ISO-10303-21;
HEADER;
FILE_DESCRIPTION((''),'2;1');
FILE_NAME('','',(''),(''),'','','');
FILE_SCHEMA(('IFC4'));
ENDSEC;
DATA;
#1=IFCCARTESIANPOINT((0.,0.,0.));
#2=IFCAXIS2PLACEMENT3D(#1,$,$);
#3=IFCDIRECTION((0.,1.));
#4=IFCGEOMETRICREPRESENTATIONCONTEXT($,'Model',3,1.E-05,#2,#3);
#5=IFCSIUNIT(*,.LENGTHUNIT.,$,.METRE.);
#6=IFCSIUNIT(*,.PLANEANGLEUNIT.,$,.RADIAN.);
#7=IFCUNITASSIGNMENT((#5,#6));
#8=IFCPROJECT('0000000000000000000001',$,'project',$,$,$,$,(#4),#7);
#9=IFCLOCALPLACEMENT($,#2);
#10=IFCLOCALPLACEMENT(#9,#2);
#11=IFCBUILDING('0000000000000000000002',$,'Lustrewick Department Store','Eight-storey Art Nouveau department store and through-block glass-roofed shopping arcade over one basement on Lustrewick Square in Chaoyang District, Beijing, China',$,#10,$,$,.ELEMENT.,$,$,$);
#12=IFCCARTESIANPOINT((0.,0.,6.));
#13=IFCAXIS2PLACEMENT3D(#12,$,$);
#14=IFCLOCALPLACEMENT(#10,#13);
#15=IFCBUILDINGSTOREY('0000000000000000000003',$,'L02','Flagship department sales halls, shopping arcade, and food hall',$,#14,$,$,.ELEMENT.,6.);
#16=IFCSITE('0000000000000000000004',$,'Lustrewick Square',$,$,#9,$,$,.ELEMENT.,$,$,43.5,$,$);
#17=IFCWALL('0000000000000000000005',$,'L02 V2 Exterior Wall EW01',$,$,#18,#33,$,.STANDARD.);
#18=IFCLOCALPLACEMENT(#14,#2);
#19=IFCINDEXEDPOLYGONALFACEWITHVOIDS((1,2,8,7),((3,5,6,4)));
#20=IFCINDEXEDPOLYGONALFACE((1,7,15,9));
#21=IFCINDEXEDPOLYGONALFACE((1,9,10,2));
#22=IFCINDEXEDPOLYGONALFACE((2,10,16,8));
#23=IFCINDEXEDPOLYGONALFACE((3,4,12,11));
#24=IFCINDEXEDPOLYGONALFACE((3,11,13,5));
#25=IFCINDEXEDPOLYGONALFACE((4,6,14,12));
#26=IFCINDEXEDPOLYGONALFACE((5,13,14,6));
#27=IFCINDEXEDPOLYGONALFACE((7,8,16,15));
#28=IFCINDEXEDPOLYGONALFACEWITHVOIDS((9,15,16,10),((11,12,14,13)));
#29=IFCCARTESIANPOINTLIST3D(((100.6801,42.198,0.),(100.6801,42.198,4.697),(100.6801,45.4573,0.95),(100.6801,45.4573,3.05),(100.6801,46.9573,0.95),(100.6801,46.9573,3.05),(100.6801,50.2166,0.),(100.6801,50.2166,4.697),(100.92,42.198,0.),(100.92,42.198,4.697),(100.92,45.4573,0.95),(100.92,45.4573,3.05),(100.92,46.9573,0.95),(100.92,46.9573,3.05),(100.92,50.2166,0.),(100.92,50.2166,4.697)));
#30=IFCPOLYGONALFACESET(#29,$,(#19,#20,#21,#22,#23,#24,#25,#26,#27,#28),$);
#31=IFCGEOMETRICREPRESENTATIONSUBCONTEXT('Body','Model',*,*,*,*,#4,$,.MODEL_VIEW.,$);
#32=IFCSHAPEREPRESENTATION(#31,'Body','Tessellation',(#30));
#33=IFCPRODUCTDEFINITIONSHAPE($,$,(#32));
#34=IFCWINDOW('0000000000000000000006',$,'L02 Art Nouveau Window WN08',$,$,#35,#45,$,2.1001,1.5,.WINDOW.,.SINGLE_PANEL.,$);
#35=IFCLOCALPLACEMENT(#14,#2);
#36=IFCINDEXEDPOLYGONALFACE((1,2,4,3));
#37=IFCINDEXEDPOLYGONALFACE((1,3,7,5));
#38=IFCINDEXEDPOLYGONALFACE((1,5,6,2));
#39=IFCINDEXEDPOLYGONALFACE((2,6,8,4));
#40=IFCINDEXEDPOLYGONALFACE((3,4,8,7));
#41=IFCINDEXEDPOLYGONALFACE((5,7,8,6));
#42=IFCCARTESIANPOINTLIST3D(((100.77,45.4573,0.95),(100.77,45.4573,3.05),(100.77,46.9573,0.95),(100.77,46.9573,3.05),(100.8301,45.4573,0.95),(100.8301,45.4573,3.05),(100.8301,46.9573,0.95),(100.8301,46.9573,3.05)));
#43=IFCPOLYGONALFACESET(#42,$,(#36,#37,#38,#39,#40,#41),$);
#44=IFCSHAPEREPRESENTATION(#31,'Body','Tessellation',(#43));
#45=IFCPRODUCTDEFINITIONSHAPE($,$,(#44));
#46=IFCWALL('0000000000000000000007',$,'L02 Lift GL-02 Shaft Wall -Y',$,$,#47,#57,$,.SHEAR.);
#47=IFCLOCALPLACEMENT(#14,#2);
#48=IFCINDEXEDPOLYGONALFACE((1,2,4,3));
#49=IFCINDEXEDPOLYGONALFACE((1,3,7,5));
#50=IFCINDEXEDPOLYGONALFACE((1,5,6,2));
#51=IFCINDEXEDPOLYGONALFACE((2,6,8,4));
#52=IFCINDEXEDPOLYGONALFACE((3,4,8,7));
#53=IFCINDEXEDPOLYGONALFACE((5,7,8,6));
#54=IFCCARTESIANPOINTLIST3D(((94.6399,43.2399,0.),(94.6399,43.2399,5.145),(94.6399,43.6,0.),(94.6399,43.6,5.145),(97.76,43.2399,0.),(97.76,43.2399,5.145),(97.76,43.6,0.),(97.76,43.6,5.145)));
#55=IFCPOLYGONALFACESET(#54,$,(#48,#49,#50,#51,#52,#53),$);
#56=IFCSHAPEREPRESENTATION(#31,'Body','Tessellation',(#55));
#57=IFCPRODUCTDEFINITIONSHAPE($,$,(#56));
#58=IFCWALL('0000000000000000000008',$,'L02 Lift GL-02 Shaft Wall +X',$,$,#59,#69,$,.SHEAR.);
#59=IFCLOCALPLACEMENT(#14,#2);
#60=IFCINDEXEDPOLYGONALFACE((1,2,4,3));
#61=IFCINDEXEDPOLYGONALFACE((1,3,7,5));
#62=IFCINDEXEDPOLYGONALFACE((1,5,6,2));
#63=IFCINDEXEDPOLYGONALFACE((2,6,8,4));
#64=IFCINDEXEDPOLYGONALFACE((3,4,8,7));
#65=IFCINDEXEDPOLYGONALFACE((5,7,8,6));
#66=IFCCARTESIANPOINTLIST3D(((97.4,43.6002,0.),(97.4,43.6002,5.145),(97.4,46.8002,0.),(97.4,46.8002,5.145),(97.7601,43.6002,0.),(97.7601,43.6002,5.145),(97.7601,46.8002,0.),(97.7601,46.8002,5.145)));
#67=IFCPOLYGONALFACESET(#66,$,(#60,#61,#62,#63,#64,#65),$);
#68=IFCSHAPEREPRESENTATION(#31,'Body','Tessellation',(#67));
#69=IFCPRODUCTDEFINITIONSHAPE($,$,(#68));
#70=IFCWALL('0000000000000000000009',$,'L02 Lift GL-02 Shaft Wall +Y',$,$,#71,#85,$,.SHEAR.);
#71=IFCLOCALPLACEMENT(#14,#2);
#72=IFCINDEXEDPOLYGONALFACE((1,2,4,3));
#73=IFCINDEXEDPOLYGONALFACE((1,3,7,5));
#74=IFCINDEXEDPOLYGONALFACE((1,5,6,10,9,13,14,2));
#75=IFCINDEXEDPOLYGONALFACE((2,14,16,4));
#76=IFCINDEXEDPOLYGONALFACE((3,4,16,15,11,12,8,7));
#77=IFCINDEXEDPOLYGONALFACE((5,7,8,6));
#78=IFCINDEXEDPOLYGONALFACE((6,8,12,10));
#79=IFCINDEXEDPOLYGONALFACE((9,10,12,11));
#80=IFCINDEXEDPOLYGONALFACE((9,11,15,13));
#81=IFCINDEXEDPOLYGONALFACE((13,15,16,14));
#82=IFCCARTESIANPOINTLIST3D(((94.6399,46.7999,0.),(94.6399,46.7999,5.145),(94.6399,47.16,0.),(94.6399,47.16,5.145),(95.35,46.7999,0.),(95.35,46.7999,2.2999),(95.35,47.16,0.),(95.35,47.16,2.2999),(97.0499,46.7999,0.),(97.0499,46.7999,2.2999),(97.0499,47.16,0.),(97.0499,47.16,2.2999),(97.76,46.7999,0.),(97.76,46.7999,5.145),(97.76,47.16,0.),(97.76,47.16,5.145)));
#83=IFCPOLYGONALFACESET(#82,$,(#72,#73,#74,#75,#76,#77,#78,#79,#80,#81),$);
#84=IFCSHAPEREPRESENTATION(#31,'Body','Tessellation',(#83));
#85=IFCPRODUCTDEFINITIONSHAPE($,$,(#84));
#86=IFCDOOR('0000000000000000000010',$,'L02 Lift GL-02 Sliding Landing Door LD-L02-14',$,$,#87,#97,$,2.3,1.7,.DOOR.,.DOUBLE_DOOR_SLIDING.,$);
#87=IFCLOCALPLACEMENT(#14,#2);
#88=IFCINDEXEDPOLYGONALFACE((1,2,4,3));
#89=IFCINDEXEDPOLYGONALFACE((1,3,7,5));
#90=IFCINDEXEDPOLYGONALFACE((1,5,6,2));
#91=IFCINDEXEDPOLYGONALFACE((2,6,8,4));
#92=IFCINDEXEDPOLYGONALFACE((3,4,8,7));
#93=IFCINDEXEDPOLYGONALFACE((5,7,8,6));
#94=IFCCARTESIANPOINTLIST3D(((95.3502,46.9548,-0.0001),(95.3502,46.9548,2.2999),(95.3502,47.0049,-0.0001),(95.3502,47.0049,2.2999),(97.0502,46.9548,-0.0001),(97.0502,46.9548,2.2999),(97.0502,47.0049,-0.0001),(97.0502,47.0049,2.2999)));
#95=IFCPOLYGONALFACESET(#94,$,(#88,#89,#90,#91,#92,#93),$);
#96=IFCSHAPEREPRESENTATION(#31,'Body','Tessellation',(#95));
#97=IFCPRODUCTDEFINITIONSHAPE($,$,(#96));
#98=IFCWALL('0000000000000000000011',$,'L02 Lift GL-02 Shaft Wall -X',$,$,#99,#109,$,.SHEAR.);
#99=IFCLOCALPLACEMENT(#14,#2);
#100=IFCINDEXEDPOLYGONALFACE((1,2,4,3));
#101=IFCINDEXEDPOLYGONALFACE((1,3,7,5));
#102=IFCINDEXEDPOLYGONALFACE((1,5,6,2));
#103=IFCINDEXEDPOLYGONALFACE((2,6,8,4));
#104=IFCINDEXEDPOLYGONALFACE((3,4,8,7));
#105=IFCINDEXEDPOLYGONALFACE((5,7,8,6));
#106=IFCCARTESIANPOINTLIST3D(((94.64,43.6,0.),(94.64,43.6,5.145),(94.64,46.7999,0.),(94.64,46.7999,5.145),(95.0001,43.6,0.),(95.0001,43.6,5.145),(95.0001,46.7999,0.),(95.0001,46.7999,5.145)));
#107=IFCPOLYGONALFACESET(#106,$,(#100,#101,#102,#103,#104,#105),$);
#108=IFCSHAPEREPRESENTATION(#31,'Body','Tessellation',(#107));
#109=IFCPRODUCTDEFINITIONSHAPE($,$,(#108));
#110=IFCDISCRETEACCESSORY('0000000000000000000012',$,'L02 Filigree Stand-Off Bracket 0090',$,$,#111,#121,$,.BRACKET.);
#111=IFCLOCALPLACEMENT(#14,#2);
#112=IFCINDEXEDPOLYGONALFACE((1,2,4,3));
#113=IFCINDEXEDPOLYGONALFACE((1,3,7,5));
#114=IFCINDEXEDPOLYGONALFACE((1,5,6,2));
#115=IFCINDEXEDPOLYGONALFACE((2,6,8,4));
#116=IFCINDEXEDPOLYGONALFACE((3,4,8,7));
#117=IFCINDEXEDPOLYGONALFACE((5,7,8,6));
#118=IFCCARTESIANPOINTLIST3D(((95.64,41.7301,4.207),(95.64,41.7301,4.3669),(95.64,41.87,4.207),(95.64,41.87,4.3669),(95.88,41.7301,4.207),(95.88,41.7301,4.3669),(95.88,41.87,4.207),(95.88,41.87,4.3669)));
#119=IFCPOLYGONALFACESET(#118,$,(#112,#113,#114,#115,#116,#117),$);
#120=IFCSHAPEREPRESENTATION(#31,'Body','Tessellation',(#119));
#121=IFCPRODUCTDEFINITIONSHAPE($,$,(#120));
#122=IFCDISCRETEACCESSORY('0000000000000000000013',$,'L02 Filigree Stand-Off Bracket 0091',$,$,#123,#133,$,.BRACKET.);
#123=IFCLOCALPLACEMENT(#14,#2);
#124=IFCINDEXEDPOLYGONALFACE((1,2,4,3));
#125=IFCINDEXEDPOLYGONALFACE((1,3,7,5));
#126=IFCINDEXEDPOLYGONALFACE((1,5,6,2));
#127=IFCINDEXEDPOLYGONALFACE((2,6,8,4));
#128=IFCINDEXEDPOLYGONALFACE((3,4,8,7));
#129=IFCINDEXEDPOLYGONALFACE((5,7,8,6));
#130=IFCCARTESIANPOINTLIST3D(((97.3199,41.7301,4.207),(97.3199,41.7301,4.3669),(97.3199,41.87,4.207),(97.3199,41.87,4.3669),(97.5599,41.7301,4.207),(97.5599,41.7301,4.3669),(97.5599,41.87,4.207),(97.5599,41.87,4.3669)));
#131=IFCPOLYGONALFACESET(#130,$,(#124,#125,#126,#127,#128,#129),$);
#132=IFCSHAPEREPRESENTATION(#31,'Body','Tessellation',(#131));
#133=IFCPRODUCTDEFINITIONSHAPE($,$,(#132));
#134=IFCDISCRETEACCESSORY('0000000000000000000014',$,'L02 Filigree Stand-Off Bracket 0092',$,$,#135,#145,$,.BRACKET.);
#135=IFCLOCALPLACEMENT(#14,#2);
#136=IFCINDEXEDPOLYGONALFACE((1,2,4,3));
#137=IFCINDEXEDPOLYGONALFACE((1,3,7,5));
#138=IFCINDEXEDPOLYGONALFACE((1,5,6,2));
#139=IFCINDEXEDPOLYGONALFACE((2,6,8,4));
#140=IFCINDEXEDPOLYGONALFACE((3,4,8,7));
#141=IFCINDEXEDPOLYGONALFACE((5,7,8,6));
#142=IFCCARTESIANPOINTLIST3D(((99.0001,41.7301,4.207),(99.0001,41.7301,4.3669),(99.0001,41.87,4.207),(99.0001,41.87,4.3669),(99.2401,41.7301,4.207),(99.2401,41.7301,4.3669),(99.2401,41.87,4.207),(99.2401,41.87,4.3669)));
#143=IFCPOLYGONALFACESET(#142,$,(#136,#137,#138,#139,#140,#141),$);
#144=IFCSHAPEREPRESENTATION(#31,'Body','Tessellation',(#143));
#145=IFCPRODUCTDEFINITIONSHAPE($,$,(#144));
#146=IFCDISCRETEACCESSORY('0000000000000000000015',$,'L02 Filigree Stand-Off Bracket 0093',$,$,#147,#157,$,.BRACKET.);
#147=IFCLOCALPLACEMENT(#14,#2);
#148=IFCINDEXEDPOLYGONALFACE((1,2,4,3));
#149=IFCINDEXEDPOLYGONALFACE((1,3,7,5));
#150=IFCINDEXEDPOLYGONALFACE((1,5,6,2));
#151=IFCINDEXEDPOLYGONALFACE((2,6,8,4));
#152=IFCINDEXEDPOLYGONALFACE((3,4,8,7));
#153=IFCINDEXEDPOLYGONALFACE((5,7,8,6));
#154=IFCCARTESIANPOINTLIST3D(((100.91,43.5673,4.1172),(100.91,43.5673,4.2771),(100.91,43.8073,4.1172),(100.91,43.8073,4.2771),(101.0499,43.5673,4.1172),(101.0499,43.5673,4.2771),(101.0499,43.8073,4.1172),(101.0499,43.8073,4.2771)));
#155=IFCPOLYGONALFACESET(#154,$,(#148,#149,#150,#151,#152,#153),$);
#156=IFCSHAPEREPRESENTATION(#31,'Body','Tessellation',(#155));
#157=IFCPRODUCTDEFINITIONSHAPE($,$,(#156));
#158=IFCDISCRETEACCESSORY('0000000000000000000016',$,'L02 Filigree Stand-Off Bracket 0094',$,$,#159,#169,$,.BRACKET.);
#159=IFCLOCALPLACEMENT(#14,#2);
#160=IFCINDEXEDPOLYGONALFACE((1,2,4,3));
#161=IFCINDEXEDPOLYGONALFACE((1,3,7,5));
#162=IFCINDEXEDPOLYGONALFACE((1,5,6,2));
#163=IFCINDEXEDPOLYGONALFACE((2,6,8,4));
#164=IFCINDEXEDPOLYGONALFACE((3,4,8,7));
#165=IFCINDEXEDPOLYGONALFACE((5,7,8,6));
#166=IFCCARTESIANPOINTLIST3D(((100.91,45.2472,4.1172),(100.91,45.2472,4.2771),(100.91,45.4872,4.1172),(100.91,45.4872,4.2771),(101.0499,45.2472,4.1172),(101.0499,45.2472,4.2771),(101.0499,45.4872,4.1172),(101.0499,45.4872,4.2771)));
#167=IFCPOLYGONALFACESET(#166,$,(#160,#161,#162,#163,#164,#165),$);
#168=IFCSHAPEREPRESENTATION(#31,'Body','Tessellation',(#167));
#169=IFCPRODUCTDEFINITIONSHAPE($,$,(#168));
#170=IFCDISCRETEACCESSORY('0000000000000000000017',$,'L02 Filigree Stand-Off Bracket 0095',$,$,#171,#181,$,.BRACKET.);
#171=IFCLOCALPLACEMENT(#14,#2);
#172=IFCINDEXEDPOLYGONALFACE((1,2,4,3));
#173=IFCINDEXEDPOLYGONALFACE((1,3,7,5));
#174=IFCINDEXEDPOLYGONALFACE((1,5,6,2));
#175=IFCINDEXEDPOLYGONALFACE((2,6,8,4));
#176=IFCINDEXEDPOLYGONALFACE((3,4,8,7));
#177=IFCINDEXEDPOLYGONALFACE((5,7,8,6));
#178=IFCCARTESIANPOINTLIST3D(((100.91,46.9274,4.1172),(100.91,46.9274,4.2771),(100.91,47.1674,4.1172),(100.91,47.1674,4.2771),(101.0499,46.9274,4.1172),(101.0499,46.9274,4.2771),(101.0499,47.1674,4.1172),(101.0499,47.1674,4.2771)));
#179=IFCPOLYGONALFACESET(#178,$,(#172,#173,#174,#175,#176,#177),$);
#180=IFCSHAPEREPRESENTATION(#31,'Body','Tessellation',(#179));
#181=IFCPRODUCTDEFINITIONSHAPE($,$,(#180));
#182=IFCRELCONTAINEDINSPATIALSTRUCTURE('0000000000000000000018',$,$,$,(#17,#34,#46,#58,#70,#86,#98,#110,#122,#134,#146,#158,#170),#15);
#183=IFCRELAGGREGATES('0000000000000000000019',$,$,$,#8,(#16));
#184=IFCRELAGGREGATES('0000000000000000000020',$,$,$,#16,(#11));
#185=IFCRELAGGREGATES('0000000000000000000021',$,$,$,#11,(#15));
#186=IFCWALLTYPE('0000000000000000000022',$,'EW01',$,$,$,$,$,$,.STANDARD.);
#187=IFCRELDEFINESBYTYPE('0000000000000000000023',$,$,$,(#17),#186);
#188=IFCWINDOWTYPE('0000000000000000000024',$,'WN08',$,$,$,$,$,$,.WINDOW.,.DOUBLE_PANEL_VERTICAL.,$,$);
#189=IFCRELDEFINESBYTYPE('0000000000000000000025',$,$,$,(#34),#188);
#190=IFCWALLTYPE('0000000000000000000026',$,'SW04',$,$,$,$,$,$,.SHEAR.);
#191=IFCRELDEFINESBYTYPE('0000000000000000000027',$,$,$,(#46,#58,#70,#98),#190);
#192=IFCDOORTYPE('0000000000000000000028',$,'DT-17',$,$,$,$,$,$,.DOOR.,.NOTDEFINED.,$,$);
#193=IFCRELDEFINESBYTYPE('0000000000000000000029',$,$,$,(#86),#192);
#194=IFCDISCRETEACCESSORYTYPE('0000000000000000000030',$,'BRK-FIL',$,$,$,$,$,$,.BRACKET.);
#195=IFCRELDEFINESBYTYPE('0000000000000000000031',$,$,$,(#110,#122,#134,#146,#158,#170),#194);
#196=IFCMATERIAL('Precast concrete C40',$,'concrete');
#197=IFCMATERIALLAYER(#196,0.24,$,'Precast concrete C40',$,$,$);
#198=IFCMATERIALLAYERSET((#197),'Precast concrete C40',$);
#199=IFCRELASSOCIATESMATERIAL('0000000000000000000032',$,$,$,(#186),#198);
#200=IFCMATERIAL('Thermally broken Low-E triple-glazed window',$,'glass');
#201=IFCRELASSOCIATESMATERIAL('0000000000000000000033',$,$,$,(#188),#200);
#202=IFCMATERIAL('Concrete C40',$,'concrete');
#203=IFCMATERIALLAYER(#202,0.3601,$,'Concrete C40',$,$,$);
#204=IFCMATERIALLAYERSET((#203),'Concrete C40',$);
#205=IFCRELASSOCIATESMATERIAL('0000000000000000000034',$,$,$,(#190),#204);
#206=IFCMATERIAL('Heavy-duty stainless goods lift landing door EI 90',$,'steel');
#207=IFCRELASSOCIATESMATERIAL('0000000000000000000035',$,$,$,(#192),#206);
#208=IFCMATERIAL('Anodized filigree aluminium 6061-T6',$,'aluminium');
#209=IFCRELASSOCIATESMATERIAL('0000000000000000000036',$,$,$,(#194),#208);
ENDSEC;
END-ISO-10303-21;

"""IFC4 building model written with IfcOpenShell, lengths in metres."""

from ifc_helpers import new_model, si_unit, direction, frame, frame_2d, origin, origin_2d, place, context, subcontext, project, spatial, rectangle, extrude, material, layer, layer_set, type_object, element, fill, save


model = new_model("IFC4")

# Units and contexts
model_context = context("Model", 3, precision=1e-05, world=origin(), true_north=direction((0.0, 1.0)))
body_context = subcontext(model_context, "Body", "Model", "MODEL_VIEW")
ifc_project = project(units=[si_unit("LENGTHUNIT", "METRE"), si_unit("PLANEANGLEUNIT", "RADIAN")], contexts=[model_context])

# Site, building, storey
site_placement = place(None, origin())
site = spatial("IfcSite", under=ifc_project, at=site_placement, Name="Lustrewick Square", CompositionType="ELEMENT", RefElevation=43.5)
building_placement = place(site_placement, origin())
building = spatial("IfcBuilding", under=site, at=building_placement, Name="Lustrewick Department Store", Description="Eight-storey Art Nouveau department store and through-block glass-roofed shopping arcade over one basement on Lustrewick Square in Chaoyang District, Beijing, China", CompositionType="ELEMENT")
storey_placement = place(building_placement, frame((0.0, 0.0, 6.0)))
storey = spatial("IfcBuildingStorey", under=building, at=storey_placement, Name="L02", Description="Flagship department sales halls, shopping arcade, and food hall", CompositionType="ELEMENT", Elevation=6.0)

# Wall, opening, window
ifc_material_1 = material(Name="Precast concrete C40", Category="concrete")
ifc_layer_1 = layer(ifc_material_1, 0.24, Name="Precast concrete C40")
ifc_layer_set_1 = layer_set([ifc_layer_1], Name="Precast concrete C40")
wall_type_1 = type_object("IfcWallType", Name="EW01", PredefinedType="STANDARD", material=ifc_layer_set_1)
wall_1_placement = place(storey_placement, frame((100.8, 42.198, 0.0), z_axis=(0.0, 0.0, 1.0), x_axis=(0.0, 1.0, 0.0)))
wall_1 = element("IfcWall", 1, at=wall_1_placement, inside=storey, type_object=wall_type_1, Name="L02 V2 Exterior Wall EW01", PredefinedType="STANDARD", context=body_context, shape_type="SweptSolid", body=[
    extrude(rectangle(XDim=8.0186, YDim=0.24, at=frame_2d((4.0093, 0.0))), origin(), (0.0, 0.0, 1.0), 4.697),
])
opening_1_placement = place(wall_1_placement, frame((3.2593, 0.0, 0.95)))
opening_1 = element("IfcOpeningElement", 2, at=opening_1_placement, cuts=wall_1, PredefinedType="OPENING", context=body_context, shape_type="SweptSolid", body=[
    extrude(rectangle(XDim=1.5, YDim=2.1001, at=frame_2d((0.75, 1.05))), frame((0.0, 0.1299, 0.0), z_axis=(0.0, -1.0, 0.0), x_axis=(1.0, 0.0, 0.0)), (0.0, 0.0, 1.0), 0.26),
])
ifc_material_2 = material(Name="Thermally broken Low-E triple-glazed window", Category="glass")
window_type = type_object("IfcWindowType", Name="WN08", PartitioningType="DOUBLE_PANEL_VERTICAL", PredefinedType="WINDOW", material=ifc_material_2)
window_placement = place(opening_1_placement, origin())
window = element("IfcWindow", 3, at=window_placement, inside=storey, type_object=window_type, Name="L02 Art Nouveau Window WN08", OverallHeight=2.1001, OverallWidth=1.5, PartitioningType="SINGLE_PANEL", PredefinedType="WINDOW", context=body_context, shape_type="SweptSolid", body=[
    extrude(rectangle(XDim=1.5, YDim=2.1001, at=frame_2d((0.75, 1.05))), frame((0.0, 0.03, 0.0), z_axis=(0.0, -1.0, 0.0), x_axis=(1.0, 0.0, 0.0)), (0.0, 0.0, 1.0), 0.0601),
])
fill(opening_1, window)

# Walls
ifc_material_3 = material(Name="Concrete C40", Category="concrete")
ifc_layer_2 = layer(ifc_material_3, 0.3601, Name="Concrete C40")
ifc_layer_set_2 = layer_set([ifc_layer_2], Name="Concrete C40")
wall_type_2 = type_object("IfcWallType", Name="SW04", PredefinedType="SHEAR", material=ifc_layer_set_2)
wall_2_placement = place(storey_placement, frame((94.6399, 43.4199, 0.0), z_axis=(0.0, 0.0, 1.0), x_axis=(1.0, 0.0, 0.0)))
element("IfcWall", 4, at=wall_2_placement, inside=storey, type_object=wall_type_2, Name="L02 Lift GL-02 Shaft Wall -Y", PredefinedType="SHEAR", context=body_context, shape_type="SweptSolid", body=[
    extrude(rectangle(XDim=3.1201, YDim=0.3601, at=frame_2d((1.5601, 0.0))), origin(), (0.0, 0.0, 1.0), 5.145),
])
wall_3_placement = place(storey_placement, frame((97.5801, 43.6001, 0.0), z_axis=(0.0, 0.0, 1.0), x_axis=(0.0, 1.0, 0.0)))
element("IfcWall", 5, at=wall_3_placement, inside=storey, type_object=wall_type_2, Name="L02 Lift GL-02 Shaft Wall +X", PredefinedType="SHEAR", context=body_context, shape_type="SweptSolid", body=[
    extrude(rectangle(XDim=3.2, YDim=0.3601, at=frame_2d((1.6001, 0.0))), origin(), (0.0, 0.0, 1.0), 5.145),
])

# Wall, opening, door
wall_4_placement = place(storey_placement, frame((97.76, 46.98, 0.0), z_axis=(0.0, 0.0, 1.0), x_axis=(-1.0, 0.0, 0.0)))
wall_4 = element("IfcWall", 6, at=wall_4_placement, inside=storey, type_object=wall_type_2, Name="L02 Lift GL-02 Shaft Wall +Y", PredefinedType="SHEAR", context=body_context, shape_type="SweptSolid", body=[
    extrude(rectangle(XDim=3.1201, YDim=0.3601, at=frame_2d((1.5601, 0.0))), origin(), (0.0, 0.0, 1.0), 5.145),
])
opening_2_placement = place(wall_4_placement, frame((0.71, 0.0, 0.0)))
opening_2 = element("IfcOpeningElement", 7, at=opening_2_placement, cuts=wall_4, PredefinedType="OPENING", context=body_context, shape_type="SweptSolid", body=[
    extrude(rectangle(XDim=1.7, YDim=2.3, at=frame_2d((0.8501, 1.1499))), frame((0.0, 0.1899, 0.0), z_axis=(0.0, -1.0, 0.0), x_axis=(1.0, 0.0, 0.0)), (0.0, 0.0, 1.0), 0.3801),
])
ifc_material_4 = material(Name="Heavy-duty stainless goods lift landing door EI 90", Category="steel")
door_type = type_object("IfcDoorType", Name="DT-17", OperationType="NOTDEFINED", PredefinedType="DOOR", material=ifc_material_4)
door_placement = place(opening_2_placement, frame((1.7, 0.0, 0.0), z_axis=(0.0, 0.0, 1.0), x_axis=(-1.0, 0.0, 0.0)))
door = element("IfcDoor", 8, at=door_placement, inside=storey, type_object=door_type, Name="L02 Lift GL-02 Sliding Landing Door LD-L02-14", OperationType="DOUBLE_DOOR_SLIDING", OverallHeight=2.3, OverallWidth=1.7, PredefinedType="DOOR", context=body_context, shape_type="SweptSolid", body=[
    extrude(rectangle(XDim=1.7, YDim=2.3, at=frame_2d((0.8501, 1.1499))), frame((0.0, 0.0249, 0.0), z_axis=(0.0, -1.0, 0.0), x_axis=(1.0, 0.0, 0.0)), (0.0, 0.0, 1.0), 0.05),
])
fill(opening_2, door)

# Wall
wall_5_placement = place(storey_placement, frame((94.8201, 46.8, 0.0), z_axis=(0.0, 0.0, 1.0), x_axis=(0.0, -1.0, 0.0)))
element("IfcWall", 9, at=wall_5_placement, inside=storey, type_object=wall_type_2, Name="L02 Lift GL-02 Shaft Wall -X", PredefinedType="SHEAR", context=body_context, shape_type="SweptSolid", body=[
    extrude(rectangle(XDim=3.2, YDim=0.3601, at=frame_2d((1.6001, 0.0))), origin(), (0.0, 0.0, 1.0), 5.145),
])

# Discrete accessories
ifc_material_5 = material(Name="Anodized filigree aluminium 6061-T6", Category="aluminium")
discrete_accessory_type = type_object("IfcDiscreteAccessoryType", Name="BRK-FIL", PredefinedType="BRACKET", material=ifc_material_5)
for number, where, z_axis, x_axis, name in (
    (10, (95.76, 41.8, 4.207), (0.0, 0.0, 1.0), (1.0, 0.0, 0.0), "L02 Filigree Stand-Off Bracket 0090"),
    (11, (97.4399, 41.8, 4.207), (0.0, 0.0, 1.0), (1.0, 0.0, 0.0), "L02 Filigree Stand-Off Bracket 0091"),
    (12, (99.1201, 41.8, 4.207), (0.0, 0.0, 1.0), (1.0, 0.0, 0.0), "L02 Filigree Stand-Off Bracket 0092"),
    (13, (100.98, 43.6873, 4.1172), (0.0, 0.0, 1.0), (0.0, 1.0, 0.0), "L02 Filigree Stand-Off Bracket 0093"),
    (14, (100.98, 45.3672, 4.1172), (0.0, 0.0, 1.0), (0.0, 1.0, 0.0), "L02 Filigree Stand-Off Bracket 0094"),
    (15, (100.98, 47.0474, 4.1172), (0.0, 0.0, 1.0), (0.0, 1.0, 0.0), "L02 Filigree Stand-Off Bracket 0095"),
):
    element("IfcDiscreteAccessory", number, at=place(storey_placement, frame(where, z_axis=z_axis, x_axis=x_axis)), inside=storey, type_object=discrete_accessory_type, Name=name, PredefinedType="BRACKET", context=body_context, shape_type="SweptSolid", body=[
        extrude(rectangle(XDim=0.24, YDim=0.1399, at=origin_2d()), origin(), (0.0, 0.0, 1.0), 0.1599),
    ])

save(model, "model.ifc")
